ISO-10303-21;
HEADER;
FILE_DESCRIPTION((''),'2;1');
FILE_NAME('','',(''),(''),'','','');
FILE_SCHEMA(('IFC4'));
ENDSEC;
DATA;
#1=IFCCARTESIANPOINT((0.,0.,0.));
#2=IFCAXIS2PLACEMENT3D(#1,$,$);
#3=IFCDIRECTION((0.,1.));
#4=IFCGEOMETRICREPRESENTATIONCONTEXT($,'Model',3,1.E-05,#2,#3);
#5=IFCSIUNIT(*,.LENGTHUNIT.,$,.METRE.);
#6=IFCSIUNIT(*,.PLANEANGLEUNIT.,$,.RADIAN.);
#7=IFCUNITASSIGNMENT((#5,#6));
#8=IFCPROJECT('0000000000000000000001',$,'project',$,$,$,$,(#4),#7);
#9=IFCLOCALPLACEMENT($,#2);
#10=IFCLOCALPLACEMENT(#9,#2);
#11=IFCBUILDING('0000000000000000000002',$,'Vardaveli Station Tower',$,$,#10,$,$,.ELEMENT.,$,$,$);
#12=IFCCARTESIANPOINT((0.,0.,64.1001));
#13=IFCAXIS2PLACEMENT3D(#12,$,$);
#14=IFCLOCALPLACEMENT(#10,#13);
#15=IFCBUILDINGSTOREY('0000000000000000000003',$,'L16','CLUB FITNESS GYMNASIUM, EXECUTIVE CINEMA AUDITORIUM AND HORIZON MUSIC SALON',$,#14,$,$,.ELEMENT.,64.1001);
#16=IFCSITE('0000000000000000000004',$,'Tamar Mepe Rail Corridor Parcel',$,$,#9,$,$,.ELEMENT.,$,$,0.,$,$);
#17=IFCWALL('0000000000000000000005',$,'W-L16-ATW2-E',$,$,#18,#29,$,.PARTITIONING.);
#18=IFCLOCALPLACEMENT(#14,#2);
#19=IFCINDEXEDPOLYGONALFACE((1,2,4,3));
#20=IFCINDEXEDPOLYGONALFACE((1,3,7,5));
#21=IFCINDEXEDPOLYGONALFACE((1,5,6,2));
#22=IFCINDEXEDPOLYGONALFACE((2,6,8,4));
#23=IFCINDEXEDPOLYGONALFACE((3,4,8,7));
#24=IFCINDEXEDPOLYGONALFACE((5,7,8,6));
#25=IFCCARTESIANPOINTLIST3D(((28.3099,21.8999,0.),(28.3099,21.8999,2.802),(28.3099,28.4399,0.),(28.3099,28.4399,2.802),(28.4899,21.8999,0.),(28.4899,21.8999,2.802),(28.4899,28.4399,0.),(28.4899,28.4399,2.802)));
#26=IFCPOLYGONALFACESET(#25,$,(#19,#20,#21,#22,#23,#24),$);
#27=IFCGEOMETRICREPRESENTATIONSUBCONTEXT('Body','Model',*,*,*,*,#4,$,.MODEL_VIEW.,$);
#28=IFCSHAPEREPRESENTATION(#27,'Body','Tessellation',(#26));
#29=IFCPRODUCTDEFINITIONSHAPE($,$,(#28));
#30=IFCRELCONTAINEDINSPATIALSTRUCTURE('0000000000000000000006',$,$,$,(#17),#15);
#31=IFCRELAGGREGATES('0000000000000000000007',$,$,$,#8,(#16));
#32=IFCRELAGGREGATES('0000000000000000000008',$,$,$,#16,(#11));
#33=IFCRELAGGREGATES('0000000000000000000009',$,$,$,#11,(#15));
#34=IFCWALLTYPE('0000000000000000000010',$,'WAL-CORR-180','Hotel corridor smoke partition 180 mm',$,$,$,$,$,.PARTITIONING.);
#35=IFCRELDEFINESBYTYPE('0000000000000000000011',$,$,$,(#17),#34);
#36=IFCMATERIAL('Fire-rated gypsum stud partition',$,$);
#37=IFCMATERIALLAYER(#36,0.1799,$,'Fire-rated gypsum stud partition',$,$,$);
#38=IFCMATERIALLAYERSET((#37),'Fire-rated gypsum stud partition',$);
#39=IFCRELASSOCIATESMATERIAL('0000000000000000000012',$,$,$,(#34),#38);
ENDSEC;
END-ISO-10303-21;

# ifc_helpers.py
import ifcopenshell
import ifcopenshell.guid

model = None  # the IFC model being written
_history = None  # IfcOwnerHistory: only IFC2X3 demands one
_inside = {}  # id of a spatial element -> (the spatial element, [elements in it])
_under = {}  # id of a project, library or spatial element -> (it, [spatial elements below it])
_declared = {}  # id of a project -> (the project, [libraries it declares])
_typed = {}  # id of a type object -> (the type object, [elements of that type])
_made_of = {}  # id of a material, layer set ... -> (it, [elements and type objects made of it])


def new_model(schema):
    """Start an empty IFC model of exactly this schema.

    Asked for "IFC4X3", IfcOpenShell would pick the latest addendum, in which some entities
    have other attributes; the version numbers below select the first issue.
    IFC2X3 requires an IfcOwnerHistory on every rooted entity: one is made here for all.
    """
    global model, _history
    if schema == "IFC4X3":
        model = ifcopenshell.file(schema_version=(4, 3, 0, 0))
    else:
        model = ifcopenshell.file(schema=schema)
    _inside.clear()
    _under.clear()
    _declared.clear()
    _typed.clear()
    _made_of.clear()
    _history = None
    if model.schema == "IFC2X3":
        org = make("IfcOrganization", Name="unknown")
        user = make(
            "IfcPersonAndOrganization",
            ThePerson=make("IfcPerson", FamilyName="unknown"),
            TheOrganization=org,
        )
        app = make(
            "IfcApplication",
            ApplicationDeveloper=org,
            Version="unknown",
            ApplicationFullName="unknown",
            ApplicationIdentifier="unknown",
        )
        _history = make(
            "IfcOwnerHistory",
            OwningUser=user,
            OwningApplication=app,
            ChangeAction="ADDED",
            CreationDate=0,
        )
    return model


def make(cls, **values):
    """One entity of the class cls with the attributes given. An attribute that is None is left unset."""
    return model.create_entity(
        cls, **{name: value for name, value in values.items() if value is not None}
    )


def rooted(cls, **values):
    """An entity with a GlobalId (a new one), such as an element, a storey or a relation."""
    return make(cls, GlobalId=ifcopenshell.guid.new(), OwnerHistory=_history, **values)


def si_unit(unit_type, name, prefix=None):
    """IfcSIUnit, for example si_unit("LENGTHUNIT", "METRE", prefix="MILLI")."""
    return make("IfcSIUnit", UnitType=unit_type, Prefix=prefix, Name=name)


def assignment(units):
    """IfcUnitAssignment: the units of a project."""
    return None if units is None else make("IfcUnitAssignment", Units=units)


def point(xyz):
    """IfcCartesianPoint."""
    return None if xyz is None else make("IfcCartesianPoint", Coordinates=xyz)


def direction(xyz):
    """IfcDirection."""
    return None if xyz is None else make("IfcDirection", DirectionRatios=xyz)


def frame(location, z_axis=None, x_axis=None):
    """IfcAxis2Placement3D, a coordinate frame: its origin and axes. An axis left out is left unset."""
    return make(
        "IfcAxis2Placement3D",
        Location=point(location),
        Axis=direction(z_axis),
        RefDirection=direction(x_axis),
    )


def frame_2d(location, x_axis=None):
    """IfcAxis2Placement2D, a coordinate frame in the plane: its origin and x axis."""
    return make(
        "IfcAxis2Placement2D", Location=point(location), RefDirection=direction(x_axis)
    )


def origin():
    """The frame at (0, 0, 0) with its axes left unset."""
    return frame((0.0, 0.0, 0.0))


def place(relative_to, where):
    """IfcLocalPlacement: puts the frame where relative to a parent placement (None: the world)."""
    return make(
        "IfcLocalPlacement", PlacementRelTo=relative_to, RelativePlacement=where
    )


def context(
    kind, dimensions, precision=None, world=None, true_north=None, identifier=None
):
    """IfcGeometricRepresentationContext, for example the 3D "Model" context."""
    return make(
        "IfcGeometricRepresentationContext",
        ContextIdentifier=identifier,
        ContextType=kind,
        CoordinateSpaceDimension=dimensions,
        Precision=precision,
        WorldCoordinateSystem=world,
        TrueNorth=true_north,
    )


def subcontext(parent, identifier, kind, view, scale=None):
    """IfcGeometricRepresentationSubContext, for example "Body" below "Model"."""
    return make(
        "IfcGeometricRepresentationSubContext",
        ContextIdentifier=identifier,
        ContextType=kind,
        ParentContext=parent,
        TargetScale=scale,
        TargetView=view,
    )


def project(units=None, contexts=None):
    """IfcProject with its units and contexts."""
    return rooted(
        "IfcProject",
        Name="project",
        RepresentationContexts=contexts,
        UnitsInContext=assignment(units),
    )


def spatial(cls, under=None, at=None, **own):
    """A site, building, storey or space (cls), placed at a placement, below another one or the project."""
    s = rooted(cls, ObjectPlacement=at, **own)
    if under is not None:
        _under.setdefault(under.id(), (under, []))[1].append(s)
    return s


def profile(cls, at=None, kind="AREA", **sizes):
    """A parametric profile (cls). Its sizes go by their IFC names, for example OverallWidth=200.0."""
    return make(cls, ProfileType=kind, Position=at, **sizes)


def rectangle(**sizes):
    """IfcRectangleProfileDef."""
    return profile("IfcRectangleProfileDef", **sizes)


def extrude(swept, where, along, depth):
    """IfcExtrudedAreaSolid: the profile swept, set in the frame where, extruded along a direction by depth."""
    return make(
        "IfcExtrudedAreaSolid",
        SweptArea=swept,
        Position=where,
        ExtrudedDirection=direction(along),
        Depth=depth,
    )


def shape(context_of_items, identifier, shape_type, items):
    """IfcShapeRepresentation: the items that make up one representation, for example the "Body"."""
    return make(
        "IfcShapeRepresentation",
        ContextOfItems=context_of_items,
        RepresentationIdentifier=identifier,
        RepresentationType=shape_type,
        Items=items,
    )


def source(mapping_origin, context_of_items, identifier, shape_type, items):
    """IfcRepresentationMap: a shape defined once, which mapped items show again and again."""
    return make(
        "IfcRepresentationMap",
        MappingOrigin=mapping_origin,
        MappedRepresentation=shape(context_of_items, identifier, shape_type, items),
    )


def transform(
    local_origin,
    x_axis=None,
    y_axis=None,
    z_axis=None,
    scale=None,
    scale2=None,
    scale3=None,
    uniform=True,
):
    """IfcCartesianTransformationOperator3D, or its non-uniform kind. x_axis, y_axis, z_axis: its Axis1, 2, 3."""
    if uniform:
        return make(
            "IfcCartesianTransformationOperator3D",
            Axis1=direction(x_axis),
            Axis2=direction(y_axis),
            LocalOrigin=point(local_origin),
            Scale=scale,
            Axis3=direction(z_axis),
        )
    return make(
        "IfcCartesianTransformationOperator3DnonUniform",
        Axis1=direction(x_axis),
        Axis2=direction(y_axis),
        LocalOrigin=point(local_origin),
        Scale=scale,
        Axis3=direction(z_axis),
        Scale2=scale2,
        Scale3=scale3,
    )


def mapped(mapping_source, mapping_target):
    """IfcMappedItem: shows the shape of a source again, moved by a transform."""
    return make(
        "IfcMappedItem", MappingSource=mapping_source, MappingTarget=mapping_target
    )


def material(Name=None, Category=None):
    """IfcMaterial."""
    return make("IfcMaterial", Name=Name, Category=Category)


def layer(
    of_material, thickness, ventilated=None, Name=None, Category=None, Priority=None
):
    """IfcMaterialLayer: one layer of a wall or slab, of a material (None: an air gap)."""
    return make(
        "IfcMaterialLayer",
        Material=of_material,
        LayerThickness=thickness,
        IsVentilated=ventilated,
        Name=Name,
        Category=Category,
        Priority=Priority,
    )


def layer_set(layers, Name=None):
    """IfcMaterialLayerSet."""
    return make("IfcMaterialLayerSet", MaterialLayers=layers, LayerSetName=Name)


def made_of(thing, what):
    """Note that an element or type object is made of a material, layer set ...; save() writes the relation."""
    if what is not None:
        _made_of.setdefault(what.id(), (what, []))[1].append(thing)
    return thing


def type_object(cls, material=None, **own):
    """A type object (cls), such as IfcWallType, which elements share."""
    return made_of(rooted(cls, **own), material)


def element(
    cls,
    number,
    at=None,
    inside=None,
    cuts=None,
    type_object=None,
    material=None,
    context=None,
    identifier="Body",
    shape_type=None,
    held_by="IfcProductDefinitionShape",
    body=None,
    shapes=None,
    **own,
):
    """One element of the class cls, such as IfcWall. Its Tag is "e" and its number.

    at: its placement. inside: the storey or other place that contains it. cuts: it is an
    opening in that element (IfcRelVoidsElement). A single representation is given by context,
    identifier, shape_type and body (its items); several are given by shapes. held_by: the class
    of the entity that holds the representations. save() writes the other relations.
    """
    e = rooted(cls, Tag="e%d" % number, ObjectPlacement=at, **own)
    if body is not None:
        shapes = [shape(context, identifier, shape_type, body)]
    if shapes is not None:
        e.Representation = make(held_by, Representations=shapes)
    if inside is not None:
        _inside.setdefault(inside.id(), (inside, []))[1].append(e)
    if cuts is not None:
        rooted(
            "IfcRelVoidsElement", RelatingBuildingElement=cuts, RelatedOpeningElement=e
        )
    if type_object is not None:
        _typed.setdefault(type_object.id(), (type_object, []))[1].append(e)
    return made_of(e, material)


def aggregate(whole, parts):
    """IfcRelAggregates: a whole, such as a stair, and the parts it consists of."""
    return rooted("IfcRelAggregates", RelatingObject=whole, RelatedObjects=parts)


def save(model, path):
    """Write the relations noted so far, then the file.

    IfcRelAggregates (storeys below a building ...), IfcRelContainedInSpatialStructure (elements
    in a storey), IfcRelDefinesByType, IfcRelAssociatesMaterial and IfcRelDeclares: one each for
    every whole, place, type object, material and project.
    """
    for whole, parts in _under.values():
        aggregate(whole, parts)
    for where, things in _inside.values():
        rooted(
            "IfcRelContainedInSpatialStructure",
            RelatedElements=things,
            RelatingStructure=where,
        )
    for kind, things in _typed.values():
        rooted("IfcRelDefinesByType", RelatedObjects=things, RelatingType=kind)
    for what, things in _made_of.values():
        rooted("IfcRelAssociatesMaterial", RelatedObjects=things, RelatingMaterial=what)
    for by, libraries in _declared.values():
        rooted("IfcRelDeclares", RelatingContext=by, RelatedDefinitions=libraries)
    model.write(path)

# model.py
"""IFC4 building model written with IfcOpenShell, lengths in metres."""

from ifc_helpers import new_model, si_unit, direction, frame, frame_2d, origin, place, context, subcontext, project, spatial, rectangle, extrude, source, transform, mapped, material, layer, layer_set, type_object, element, save


model = new_model("IFC4")

# Units and contexts
model_context = context("Model", 3, precision=1e-05, world=origin(), true_north=direction((0.0, 1.0)))
body_context = subcontext(model_context, "Body", "Model", "MODEL_VIEW")
ifc_project = project(units=[si_unit("LENGTHUNIT", "METRE"), si_unit("PLANEANGLEUNIT", "RADIAN")], contexts=[model_context])

# Site, building, storey
site_placement = place(None, origin())
site = spatial("IfcSite", under=ifc_project, at=site_placement, Name="Tamar Mepe Rail Corridor Parcel", CompositionType="ELEMENT", RefElevation=0.0)
building_placement = place(site_placement, origin())
building = spatial("IfcBuilding", under=site, at=building_placement, Name="Vardaveli Station Tower", CompositionType="ELEMENT")
storey_placement = place(building_placement, frame((0.0, 0.0, 64.1001)))
storey = spatial("IfcBuildingStorey", under=building, at=storey_placement, Name="L16", Description="CLUB FITNESS GYMNASIUM, EXECUTIVE CINEMA AUDITORIUM AND HORIZON MUSIC SALON", CompositionType="ELEMENT", Elevation=64.1001)

# Wall
ifc_material_1 = material(Name="Fire-rated gypsum stud partition")
ifc_layer_1 = layer(ifc_material_1, 0.1799, Name="Fire-rated gypsum stud partition")
ifc_layer_set_1 = layer_set([ifc_layer_1], Name="Fire-rated gypsum stud partition")
wall_type_1 = type_object("IfcWallType", Name="WAL-CORR-180", Description="Hotel corridor smoke partition 180 mm", PredefinedType="PARTITIONING", material=ifc_layer_set_1)
shared_shape_1 = source(origin(), body_context, "Body", "SweptSolid", [
    extrude(rectangle(XDim=6.54, YDim=0.1799, at=frame_2d((3.27, 0.0))), origin(), (0.0, 0.0, 1.0), 2.802),
])
wall_1_placement = place(storey_placement, frame((28.3999, 21.8999, 0.0), z_axis=(0.0, 0.0, 1.0), x_axis=(0.0, 1.0, 0.0)))
element("IfcWall", 1, at=wall_1_placement, inside=storey, type_object=wall_type_1, Name="W-L16-ATW2-E", PredefinedType="PARTITIONING", context=body_context, shape_type="MappedRepresentation", body=[
    mapped(shared_shape_1, transform((0.0, 0.0, 0.0), scale=1.0)),
])

save(model, "model.ifc")
